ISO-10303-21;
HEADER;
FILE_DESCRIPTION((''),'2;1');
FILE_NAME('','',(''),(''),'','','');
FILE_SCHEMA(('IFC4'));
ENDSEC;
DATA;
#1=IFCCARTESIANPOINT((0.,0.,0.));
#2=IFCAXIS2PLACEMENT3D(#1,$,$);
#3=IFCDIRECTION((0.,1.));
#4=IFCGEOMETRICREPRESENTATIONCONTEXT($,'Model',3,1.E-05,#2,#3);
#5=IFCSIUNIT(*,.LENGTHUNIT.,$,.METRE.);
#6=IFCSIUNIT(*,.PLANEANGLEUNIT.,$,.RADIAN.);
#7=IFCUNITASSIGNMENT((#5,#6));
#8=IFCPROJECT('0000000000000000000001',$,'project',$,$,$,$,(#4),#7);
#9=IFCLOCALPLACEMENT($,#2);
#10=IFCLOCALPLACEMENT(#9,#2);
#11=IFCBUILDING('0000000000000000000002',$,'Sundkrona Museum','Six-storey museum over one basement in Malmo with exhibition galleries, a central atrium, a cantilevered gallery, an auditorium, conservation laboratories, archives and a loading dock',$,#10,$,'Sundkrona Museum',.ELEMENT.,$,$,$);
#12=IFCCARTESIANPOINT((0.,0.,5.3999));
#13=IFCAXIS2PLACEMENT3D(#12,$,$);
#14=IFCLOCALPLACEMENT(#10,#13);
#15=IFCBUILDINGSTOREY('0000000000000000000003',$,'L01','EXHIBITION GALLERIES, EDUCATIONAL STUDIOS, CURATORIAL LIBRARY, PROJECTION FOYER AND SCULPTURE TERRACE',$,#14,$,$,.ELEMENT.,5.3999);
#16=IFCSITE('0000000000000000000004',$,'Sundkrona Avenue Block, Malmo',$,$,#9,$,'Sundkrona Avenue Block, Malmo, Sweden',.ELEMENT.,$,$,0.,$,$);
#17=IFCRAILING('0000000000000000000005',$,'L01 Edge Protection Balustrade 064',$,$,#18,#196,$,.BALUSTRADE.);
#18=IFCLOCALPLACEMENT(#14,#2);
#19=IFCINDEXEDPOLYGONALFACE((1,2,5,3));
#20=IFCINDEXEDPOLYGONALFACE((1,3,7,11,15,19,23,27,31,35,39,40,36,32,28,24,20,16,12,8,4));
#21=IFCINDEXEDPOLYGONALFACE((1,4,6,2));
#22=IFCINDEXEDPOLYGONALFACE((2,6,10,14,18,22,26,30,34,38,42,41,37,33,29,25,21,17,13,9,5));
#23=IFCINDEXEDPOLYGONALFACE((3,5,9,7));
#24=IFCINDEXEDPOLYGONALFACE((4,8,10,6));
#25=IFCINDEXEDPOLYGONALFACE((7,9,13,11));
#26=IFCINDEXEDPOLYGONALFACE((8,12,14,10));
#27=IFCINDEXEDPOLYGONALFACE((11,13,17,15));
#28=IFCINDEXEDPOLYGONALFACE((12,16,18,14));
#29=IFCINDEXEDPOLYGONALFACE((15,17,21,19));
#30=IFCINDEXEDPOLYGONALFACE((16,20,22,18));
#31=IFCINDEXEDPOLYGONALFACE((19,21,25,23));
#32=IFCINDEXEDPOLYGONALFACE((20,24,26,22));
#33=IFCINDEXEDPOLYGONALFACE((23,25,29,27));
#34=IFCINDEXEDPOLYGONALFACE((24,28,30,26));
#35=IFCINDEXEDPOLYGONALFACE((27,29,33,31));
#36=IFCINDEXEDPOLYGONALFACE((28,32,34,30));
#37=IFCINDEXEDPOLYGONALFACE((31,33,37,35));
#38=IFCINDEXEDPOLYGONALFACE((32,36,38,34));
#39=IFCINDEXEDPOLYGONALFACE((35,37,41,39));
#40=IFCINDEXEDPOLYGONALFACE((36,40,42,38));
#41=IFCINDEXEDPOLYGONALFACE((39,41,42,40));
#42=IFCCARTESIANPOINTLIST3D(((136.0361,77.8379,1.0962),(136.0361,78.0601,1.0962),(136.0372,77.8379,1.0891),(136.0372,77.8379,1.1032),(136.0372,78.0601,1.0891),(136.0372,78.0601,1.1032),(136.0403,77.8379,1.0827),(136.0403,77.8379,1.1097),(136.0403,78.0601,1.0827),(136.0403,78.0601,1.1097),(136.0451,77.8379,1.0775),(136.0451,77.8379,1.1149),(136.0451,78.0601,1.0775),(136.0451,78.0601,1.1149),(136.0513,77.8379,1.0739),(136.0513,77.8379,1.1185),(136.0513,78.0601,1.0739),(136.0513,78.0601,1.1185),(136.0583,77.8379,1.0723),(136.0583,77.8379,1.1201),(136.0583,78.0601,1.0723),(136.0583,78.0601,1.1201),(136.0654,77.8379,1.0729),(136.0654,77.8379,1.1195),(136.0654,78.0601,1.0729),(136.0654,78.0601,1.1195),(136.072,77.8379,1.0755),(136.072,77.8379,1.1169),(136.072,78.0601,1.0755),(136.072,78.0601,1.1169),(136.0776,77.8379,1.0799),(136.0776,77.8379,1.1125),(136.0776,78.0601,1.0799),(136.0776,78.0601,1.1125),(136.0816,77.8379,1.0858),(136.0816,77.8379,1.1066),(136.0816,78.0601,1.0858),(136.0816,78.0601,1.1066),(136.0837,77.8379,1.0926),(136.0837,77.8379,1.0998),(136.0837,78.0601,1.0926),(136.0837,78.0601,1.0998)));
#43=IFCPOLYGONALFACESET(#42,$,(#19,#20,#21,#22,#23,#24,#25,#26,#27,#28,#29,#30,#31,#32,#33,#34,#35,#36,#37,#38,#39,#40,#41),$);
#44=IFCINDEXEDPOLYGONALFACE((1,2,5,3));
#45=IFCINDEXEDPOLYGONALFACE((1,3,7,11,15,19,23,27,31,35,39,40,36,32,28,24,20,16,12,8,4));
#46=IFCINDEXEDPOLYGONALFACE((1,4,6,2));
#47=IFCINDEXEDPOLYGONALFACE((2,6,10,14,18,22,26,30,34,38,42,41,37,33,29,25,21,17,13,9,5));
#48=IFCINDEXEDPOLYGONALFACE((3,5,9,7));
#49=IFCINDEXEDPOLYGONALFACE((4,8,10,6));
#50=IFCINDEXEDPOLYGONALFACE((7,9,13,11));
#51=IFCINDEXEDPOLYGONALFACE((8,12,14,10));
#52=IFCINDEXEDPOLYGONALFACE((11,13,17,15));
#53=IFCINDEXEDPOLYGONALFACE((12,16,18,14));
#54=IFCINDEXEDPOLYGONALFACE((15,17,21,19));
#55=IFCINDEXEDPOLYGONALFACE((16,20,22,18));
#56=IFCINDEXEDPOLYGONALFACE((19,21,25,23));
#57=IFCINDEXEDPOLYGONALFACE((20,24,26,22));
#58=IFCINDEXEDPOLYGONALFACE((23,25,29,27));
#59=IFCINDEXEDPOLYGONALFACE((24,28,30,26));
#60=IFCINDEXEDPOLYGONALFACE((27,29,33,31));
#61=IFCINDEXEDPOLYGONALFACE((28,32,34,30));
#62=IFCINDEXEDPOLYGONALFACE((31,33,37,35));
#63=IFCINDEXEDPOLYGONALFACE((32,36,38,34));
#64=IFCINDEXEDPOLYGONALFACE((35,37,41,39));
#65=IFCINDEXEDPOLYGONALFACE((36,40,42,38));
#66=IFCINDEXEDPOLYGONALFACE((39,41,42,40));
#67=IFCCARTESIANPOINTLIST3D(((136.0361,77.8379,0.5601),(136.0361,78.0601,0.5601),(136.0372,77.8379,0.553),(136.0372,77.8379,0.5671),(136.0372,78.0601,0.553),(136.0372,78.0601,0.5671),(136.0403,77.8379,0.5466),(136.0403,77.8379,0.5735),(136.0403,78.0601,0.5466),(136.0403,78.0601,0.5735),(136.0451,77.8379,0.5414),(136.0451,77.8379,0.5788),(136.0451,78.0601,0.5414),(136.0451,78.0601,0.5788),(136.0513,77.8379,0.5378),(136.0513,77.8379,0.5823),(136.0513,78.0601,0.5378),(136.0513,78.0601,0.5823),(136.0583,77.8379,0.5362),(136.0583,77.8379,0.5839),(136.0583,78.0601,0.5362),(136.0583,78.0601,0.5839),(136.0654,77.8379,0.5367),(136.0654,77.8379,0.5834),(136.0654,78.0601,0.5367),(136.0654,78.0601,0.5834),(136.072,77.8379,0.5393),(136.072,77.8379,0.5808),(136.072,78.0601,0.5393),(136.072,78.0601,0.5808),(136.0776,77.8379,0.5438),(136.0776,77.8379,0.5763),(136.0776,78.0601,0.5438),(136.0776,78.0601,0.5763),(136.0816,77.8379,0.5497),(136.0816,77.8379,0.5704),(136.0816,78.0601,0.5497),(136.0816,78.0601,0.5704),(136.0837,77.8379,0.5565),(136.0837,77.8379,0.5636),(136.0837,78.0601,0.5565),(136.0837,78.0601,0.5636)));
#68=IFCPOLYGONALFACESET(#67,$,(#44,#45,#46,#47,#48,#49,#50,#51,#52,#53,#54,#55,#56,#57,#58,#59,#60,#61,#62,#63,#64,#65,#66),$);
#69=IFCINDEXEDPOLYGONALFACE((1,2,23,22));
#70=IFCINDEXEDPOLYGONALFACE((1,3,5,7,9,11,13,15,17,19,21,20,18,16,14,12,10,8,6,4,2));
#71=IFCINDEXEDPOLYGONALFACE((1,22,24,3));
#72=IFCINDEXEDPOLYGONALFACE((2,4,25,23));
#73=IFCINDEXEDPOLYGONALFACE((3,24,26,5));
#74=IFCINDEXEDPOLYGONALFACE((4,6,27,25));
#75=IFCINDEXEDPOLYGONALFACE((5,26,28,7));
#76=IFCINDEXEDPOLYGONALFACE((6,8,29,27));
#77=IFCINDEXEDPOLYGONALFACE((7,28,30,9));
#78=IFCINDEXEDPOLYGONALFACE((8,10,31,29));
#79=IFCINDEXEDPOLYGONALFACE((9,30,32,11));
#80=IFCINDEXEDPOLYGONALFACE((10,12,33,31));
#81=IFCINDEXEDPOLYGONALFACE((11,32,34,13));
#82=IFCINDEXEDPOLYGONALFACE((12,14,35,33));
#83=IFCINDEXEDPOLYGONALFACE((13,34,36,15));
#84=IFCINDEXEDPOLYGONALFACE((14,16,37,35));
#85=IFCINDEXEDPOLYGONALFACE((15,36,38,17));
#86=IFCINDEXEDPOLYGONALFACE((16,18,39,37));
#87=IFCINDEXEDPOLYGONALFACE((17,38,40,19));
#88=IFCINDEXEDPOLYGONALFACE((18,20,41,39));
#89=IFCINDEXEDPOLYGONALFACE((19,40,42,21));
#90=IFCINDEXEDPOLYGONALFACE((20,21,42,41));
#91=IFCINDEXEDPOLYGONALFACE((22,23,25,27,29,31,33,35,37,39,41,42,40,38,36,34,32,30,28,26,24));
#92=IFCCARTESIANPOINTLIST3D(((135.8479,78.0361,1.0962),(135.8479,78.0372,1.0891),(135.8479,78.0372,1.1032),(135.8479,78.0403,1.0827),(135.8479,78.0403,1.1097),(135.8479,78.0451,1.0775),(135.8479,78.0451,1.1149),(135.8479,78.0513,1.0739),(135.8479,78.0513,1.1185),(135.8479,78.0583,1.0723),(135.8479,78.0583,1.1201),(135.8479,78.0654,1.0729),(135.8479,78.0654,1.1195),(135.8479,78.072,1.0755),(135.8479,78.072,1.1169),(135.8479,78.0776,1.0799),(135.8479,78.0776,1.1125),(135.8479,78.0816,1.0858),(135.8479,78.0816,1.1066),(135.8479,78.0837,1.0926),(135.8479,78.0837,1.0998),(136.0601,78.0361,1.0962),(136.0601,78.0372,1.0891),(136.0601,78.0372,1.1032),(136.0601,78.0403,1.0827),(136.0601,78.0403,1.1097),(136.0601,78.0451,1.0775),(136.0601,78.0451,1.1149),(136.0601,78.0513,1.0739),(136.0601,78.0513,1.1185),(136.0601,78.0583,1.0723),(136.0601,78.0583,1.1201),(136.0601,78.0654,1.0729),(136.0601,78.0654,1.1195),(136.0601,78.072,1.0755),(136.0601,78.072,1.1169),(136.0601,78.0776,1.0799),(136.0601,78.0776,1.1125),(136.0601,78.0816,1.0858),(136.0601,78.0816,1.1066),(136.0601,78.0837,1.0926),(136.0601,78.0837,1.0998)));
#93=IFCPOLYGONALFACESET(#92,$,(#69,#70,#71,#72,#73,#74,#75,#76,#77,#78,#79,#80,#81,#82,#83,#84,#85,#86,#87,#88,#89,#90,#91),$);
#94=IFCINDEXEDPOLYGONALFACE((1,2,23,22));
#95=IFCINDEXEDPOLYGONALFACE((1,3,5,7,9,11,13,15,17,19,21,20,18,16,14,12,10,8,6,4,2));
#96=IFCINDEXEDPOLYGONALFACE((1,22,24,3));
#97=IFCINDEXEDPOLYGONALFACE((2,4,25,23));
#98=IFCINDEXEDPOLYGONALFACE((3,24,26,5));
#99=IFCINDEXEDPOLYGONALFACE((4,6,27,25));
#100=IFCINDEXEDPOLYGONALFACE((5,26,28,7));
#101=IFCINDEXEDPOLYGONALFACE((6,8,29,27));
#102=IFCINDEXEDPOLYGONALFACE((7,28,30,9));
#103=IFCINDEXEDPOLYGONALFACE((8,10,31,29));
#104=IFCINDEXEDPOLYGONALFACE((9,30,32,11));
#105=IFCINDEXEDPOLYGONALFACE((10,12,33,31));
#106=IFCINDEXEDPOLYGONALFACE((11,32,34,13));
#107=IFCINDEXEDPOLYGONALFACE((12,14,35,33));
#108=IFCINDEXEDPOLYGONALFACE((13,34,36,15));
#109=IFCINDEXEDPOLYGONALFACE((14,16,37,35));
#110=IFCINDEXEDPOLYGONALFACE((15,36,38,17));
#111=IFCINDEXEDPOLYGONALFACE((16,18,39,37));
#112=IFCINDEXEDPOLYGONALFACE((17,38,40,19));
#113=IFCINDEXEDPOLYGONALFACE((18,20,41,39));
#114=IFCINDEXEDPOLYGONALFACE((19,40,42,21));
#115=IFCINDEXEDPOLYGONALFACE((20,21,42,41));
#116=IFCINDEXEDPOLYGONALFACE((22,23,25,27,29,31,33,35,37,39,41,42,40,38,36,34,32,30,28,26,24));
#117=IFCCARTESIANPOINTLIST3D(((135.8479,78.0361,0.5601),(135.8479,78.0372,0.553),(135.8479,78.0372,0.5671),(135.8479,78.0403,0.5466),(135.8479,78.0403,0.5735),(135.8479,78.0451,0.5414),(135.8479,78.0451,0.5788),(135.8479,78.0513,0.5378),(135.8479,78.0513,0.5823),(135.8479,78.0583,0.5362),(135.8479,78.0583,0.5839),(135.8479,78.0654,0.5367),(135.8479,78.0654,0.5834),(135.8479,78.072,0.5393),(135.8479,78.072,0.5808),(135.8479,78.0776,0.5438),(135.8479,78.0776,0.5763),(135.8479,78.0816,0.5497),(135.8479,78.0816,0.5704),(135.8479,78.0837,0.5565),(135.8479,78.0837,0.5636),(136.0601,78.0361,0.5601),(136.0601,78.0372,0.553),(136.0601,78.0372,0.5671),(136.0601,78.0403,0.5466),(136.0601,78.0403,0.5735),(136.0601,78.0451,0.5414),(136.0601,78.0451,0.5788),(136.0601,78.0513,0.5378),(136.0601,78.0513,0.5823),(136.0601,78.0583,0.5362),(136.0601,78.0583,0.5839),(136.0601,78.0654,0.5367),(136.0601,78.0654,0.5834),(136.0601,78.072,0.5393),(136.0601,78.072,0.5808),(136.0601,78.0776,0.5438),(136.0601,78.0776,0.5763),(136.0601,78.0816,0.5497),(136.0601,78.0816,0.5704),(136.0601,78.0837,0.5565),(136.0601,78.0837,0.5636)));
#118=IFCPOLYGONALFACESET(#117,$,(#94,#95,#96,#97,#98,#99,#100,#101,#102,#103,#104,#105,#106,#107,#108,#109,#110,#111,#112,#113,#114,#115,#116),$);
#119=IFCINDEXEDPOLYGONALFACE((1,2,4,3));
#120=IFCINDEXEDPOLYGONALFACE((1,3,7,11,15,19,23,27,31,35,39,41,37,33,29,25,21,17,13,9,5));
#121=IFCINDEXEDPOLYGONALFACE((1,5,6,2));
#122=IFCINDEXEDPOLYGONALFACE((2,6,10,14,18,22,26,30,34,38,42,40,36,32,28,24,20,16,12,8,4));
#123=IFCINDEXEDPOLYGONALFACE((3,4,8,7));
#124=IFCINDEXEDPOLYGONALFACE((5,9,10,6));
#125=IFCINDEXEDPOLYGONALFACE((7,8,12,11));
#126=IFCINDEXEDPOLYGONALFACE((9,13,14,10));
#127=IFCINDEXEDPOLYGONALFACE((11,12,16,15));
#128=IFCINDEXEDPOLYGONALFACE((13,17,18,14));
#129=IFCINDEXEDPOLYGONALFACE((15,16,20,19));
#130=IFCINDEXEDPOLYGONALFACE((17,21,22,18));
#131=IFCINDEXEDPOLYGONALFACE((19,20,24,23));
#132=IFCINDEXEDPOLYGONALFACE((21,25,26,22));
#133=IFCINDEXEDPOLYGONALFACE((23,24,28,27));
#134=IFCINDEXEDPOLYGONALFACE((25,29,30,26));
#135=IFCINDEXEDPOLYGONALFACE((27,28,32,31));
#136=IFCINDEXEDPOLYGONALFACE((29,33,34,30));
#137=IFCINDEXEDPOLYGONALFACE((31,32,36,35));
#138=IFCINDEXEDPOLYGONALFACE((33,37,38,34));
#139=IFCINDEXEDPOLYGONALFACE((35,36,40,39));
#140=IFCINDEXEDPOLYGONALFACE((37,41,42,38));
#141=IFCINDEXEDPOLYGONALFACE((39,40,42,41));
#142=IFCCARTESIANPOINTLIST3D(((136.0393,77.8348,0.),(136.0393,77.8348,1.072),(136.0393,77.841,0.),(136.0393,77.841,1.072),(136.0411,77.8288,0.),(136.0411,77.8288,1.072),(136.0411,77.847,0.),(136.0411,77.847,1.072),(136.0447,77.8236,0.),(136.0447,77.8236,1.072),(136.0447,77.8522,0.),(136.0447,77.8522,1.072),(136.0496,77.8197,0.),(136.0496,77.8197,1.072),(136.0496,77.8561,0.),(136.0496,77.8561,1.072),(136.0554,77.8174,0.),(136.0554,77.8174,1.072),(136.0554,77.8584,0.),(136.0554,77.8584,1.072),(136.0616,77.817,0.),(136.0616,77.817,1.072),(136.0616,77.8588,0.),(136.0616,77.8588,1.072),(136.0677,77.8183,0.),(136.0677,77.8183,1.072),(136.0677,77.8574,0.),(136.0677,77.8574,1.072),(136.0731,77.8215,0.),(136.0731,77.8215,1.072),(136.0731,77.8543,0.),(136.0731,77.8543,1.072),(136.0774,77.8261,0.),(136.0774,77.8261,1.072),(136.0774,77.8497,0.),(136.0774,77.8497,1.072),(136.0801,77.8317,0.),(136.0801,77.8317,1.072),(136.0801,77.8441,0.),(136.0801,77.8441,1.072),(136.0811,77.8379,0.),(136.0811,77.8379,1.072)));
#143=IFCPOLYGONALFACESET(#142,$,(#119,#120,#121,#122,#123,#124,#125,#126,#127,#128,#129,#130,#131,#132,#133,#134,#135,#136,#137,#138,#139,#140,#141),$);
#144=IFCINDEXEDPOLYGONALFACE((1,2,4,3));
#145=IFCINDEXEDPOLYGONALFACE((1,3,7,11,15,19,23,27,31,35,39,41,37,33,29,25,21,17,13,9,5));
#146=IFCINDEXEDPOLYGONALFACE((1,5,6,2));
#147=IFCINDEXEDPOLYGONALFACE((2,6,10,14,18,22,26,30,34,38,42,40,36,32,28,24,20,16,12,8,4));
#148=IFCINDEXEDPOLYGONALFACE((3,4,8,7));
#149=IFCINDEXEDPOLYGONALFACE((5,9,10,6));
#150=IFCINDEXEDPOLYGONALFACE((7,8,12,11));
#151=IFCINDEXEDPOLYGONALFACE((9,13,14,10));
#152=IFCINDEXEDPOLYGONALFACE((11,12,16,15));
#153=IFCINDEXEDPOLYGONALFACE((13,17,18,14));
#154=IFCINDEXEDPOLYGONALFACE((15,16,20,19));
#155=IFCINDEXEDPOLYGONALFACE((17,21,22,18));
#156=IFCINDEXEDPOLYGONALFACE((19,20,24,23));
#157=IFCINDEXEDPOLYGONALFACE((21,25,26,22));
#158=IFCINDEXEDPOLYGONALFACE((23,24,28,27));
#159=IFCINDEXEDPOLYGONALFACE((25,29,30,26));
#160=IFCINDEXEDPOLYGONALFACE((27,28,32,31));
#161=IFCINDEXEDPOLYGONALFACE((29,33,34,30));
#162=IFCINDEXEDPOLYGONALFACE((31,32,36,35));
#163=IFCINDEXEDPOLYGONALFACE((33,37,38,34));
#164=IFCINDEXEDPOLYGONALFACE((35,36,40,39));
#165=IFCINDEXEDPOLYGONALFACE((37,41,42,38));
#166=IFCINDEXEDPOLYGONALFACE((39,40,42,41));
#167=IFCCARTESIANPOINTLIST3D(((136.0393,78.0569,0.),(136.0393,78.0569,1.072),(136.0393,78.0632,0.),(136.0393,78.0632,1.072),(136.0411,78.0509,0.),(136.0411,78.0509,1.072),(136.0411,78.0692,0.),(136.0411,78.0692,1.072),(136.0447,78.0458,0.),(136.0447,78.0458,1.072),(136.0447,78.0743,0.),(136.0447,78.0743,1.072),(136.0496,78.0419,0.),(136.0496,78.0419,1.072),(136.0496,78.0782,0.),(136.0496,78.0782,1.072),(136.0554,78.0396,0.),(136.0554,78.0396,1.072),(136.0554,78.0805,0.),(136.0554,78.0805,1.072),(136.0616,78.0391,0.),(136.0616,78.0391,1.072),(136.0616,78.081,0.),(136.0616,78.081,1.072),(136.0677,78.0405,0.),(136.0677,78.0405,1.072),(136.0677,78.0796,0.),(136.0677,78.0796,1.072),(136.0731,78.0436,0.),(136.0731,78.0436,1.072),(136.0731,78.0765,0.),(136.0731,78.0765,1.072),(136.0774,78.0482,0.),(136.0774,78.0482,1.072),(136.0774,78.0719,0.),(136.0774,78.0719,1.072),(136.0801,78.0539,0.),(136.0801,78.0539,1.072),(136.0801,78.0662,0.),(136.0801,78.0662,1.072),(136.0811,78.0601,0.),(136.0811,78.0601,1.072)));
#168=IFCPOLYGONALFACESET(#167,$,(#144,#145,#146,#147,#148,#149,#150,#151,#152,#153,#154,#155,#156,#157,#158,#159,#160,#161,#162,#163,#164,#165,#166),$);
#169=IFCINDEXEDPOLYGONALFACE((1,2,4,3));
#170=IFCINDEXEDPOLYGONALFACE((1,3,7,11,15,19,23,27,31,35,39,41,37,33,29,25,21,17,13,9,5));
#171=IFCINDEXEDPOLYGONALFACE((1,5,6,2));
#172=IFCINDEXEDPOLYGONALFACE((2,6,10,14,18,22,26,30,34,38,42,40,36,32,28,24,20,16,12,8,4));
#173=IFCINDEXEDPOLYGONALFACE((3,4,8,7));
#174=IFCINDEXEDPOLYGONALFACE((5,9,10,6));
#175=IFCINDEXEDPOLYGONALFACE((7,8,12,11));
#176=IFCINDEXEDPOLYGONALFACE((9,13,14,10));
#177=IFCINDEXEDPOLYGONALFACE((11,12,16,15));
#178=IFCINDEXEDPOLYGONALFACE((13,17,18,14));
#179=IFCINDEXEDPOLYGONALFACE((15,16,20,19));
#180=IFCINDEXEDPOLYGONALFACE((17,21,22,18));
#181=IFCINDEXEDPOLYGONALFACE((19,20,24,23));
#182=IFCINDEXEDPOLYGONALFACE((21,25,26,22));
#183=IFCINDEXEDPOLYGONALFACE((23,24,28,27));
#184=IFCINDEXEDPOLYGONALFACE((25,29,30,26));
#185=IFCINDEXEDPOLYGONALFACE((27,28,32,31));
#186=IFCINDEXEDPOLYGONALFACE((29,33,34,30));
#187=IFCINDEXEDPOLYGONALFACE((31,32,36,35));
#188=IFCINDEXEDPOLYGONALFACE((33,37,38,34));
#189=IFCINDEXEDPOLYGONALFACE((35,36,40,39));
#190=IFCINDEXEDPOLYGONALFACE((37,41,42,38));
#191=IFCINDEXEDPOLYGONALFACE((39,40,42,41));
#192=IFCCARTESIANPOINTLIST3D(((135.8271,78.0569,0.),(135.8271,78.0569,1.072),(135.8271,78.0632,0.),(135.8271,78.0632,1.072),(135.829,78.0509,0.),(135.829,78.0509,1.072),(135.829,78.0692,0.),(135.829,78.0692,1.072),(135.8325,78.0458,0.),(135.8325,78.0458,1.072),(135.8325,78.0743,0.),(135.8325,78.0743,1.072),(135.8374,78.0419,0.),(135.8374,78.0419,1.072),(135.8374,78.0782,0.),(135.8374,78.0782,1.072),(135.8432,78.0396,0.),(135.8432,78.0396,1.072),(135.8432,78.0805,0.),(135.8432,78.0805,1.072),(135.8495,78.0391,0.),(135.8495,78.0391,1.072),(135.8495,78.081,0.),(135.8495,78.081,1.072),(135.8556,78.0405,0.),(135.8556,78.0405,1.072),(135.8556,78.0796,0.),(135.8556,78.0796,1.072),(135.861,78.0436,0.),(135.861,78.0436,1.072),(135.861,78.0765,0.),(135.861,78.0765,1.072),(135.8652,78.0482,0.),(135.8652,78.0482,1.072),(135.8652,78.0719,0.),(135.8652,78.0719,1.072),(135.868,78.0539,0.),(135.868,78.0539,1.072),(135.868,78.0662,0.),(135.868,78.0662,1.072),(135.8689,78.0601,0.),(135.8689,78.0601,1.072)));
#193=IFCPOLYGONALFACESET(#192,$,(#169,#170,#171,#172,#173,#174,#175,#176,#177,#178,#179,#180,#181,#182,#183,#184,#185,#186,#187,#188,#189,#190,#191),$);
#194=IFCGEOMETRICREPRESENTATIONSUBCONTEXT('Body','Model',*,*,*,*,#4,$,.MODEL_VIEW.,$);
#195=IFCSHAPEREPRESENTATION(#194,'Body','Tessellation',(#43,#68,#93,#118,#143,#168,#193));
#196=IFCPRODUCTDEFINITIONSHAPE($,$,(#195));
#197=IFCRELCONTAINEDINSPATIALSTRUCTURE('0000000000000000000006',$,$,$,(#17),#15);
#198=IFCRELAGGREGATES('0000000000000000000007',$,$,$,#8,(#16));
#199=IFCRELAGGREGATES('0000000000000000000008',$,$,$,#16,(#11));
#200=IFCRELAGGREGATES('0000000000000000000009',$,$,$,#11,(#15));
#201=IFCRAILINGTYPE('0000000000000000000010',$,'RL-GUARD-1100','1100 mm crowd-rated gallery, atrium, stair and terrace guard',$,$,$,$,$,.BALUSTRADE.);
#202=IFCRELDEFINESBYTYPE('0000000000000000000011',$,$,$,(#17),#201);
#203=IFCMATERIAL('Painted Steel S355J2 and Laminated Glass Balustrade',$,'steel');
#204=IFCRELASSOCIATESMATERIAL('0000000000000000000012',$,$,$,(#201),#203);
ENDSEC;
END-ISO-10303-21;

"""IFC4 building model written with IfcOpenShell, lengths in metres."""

from ifc_helpers import new_model, si_unit, direction, frame, origin, origin_2d, place, context, subcontext, project, spatial, circle, extrude, material, type_object, element, save


model = new_model("IFC4")

# Units and contexts
model_context = context("Model", 3, precision=1e-05, world=origin(), true_north=direction((0.0, 1.0)))
body_context = subcontext(model_context, "Body", "Model", "MODEL_VIEW")
ifc_project = project(units=[si_unit("LENGTHUNIT", "METRE"), si_unit("PLANEANGLEUNIT", "RADIAN")], contexts=[model_context])

# Site, building, storey
site_placement = place(None, origin())
site = spatial("IfcSite", under=ifc_project, at=site_placement, Name="Sundkrona Avenue Block, Malmo", LongName="Sundkrona Avenue Block, Malmo, Sweden", CompositionType="ELEMENT", RefElevation=0.0)
building_placement = place(site_placement, origin())
building = spatial("IfcBuilding", under=site, at=building_placement, Name="Sundkrona Museum", Description="Six-storey museum over one basement in Malmo with exhibition galleries, a central atrium, a cantilevered gallery, an auditorium, conservation laboratories, archives and a loading dock", LongName="Sundkrona Museum", CompositionType="ELEMENT")
storey_placement = place(building_placement, frame((0.0, 0.0, 5.3999)))
storey = spatial("IfcBuildingStorey", under=building, at=storey_placement, Name="L01", Description="EXHIBITION GALLERIES, EDUCATIONAL STUDIOS, CURATORIAL LIBRARY, PROJECTION FOYER AND SCULPTURE TERRACE", CompositionType="ELEMENT", Elevation=5.3999)

# Railing
ifc_material_1 = material(Name="Painted Steel S355J2 and Laminated Glass Balustrade", Category="steel")
railing_type = type_object("IfcRailingType", Name="RL-GUARD-1100", Description="1100 mm crowd-rated gallery, atrium, stair and terrace guard", PredefinedType="BALUSTRADE", material=ifc_material_1)
railing_placement = place(storey_placement, frame((136.0601, 77.8379, 0.0)))
element("IfcRailing", 1, at=railing_placement, inside=storey, type_object=railing_type, Name="L01 Edge Protection Balustrade 064", PredefinedType="BALUSTRADE", context=body_context, shape_type="SweptSolid", body=[
    extrude(circle(Radius=0.0239, at=origin_2d()), frame((0.0, 0.0, 1.0962), z_axis=(0.0, 1.0, 0.0), x_axis=(-1.0, 0.0, 0.0)), (0.0, 0.0, 1.0), 0.2222),
    extrude(circle(Radius=0.0239, at=origin_2d()), frame((0.0, 0.0, 0.5601), z_axis=(0.0, 1.0, 0.0), x_axis=(-1.0, 0.0, 0.0)), (0.0, 0.0, 1.0), 0.2222),
    extrude(circle(Radius=0.0239, at=origin_2d()), frame((0.0, 0.2222, 1.0962), z_axis=(-1.0, 0.0, 0.0), x_axis=(0.0, -1.0, 0.0)), (0.0, 0.0, 1.0), 0.2122),
    extrude(circle(Radius=0.0239, at=origin_2d()), frame((0.0, 0.2222, 0.5601), z_axis=(-1.0, 0.0, 0.0), x_axis=(0.0, -1.0, 0.0)), (0.0, 0.0, 1.0), 0.2122),
    extrude(circle(Radius=0.021, at=origin_2d()), origin(), (0.0, 0.0, 1.0), 1.072),
    extrude(circle(Radius=0.021, at=origin_2d()), frame((0.0, 0.2222, 0.0)), (0.0, 0.0, 1.0), 1.072),
    extrude(circle(Radius=0.021, at=origin_2d()), frame((-0.2122, 0.2222, 0.0)), (0.0, 0.0, 1.0), 1.072),
])

save(model, "model.ifc")
